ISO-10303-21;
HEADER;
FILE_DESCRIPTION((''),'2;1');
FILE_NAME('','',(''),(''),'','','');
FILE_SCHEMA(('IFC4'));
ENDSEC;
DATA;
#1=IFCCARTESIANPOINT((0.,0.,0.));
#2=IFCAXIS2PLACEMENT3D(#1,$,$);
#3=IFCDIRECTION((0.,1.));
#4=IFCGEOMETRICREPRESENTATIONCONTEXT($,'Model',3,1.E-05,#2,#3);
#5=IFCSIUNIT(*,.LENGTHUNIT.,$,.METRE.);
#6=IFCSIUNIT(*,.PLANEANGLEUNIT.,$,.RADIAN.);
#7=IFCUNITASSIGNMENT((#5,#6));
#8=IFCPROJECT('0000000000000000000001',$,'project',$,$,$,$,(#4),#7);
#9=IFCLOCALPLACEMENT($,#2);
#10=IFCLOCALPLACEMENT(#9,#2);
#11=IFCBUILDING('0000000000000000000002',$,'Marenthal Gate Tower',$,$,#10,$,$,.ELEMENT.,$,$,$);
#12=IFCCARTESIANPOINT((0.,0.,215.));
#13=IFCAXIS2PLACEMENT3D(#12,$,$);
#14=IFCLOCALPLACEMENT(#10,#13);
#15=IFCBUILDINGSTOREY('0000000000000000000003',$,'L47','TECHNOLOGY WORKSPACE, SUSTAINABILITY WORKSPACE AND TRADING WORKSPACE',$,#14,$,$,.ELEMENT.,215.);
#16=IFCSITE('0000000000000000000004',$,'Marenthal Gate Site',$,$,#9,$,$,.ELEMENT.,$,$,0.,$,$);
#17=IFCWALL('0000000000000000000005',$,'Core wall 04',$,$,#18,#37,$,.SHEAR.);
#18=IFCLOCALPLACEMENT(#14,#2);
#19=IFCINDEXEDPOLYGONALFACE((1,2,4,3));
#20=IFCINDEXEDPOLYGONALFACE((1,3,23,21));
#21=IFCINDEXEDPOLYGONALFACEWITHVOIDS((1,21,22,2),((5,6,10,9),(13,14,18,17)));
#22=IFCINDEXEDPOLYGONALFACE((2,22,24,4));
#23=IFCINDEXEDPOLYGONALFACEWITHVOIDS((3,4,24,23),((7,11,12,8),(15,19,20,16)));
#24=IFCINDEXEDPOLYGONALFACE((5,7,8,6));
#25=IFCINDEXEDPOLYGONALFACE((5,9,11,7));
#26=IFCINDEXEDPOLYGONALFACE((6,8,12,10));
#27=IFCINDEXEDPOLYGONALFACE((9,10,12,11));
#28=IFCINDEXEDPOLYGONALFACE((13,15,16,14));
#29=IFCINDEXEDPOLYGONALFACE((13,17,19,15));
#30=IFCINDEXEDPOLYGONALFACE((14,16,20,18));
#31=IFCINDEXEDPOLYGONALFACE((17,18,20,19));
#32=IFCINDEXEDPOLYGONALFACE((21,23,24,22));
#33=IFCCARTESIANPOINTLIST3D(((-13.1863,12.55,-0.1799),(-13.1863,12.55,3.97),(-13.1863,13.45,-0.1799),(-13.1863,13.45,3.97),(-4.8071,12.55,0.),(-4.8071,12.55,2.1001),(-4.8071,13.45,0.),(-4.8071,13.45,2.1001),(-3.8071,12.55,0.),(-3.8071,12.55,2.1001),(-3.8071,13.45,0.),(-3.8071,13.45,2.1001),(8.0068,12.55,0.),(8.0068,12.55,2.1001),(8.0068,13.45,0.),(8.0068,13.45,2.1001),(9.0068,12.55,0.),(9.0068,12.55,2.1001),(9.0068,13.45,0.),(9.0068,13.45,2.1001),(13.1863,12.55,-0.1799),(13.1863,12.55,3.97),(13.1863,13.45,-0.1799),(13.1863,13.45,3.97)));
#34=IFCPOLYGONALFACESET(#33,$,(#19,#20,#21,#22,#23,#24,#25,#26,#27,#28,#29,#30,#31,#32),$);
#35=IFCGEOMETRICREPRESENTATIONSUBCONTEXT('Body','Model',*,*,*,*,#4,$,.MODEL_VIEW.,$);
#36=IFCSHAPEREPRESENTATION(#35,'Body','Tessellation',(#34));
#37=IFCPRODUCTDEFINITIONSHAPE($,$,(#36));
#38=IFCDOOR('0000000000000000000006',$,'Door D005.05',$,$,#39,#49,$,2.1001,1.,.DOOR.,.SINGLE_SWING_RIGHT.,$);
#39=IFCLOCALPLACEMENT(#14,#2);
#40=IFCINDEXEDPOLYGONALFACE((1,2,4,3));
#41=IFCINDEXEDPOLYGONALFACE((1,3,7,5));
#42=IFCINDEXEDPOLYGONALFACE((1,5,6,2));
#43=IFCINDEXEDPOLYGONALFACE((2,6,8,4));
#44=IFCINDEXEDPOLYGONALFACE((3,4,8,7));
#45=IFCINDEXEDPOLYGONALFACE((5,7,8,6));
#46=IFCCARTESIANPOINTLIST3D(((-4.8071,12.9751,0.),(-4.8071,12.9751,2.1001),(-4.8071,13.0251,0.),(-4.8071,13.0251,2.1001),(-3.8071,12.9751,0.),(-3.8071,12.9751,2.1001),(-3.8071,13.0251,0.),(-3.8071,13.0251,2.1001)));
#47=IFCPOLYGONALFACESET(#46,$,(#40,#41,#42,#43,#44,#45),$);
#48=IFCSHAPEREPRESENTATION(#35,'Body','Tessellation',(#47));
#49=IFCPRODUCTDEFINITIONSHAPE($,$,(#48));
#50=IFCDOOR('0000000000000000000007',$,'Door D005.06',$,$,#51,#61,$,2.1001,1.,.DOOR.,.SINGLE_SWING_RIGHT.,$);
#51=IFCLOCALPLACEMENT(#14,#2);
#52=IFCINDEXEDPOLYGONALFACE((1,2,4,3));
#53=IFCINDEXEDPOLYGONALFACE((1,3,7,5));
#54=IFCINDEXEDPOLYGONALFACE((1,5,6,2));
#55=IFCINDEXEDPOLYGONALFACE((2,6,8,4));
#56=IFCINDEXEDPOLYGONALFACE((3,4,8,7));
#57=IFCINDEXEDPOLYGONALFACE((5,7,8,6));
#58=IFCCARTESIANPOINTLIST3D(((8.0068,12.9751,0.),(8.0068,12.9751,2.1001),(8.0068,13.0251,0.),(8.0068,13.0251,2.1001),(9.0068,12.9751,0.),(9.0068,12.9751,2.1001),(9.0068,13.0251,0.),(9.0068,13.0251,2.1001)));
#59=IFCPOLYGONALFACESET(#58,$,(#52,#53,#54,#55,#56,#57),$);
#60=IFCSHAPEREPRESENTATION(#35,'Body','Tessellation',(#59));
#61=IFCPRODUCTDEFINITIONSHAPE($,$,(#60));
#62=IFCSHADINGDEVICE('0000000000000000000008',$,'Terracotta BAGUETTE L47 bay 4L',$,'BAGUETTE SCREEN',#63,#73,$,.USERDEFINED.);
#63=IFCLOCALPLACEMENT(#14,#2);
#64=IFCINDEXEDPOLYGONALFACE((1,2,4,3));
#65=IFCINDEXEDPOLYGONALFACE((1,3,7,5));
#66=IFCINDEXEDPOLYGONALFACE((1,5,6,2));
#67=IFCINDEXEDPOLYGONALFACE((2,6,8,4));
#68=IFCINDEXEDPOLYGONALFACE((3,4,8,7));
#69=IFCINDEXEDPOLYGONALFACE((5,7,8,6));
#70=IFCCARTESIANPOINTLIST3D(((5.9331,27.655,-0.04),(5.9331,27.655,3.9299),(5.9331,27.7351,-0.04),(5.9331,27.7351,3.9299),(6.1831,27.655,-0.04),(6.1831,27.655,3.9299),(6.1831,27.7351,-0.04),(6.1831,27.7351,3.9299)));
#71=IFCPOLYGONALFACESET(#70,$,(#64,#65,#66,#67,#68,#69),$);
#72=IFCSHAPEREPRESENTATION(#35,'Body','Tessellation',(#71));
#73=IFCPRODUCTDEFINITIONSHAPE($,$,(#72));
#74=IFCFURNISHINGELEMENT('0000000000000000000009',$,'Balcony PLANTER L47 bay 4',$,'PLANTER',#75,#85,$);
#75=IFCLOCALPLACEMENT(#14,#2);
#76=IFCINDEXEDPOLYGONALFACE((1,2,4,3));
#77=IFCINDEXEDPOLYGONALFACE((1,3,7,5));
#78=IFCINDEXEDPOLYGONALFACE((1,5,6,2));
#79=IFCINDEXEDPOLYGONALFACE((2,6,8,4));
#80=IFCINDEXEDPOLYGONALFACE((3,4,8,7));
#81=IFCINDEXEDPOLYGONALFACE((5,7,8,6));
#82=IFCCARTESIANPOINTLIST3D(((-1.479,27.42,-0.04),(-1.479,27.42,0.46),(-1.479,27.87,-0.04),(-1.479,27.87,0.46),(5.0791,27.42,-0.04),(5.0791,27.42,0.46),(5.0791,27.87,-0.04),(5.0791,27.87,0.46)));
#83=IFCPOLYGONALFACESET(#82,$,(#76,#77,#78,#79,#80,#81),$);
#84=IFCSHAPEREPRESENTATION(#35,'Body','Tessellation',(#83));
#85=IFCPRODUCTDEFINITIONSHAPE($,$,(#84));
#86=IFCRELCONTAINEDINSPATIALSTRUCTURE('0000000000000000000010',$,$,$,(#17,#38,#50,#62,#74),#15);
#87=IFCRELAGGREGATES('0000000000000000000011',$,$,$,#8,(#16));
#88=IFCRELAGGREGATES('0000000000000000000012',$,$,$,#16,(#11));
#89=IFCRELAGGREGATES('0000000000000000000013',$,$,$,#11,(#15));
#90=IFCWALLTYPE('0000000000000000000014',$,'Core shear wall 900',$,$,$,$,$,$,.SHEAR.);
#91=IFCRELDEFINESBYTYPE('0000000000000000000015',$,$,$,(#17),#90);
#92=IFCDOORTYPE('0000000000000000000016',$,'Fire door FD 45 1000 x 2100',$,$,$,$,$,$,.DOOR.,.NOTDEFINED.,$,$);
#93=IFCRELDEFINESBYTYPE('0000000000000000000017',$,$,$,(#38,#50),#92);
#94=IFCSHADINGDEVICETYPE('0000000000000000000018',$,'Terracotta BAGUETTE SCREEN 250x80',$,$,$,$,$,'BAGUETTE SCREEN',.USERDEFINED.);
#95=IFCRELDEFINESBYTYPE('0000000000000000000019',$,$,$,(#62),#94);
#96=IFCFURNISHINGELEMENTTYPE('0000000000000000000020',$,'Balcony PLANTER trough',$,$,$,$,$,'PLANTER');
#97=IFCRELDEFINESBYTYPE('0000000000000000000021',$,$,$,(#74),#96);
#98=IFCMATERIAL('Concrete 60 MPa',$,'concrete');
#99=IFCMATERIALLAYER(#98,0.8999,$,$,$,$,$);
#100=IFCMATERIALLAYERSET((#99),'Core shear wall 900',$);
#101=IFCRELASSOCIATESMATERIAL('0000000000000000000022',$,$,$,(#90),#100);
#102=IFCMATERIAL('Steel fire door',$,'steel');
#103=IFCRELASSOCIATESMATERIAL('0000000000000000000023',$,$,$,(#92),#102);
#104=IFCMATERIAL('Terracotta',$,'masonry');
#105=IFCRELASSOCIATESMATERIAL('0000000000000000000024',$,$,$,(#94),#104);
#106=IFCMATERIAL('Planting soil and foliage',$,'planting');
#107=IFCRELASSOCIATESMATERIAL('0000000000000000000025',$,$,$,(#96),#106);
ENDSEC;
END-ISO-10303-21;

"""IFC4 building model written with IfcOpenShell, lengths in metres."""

from ifc_helpers import new_model, si_unit, direction, frame, frame_2d, origin, origin_2d, place, context, subcontext, project, spatial, rectangle, extrude, material, layer, layer_set, material_profile, profile_set, type_object, element, fill, save


model = new_model("IFC4")

# Units and contexts
model_context = context("Model", 3, precision=1e-05, world=origin(), true_north=direction((0.0, 1.0)))
body_context = subcontext(model_context, "Body", "Model", "MODEL_VIEW")
ifc_project = project(units=[si_unit("LENGTHUNIT", "METRE"), si_unit("PLANEANGLEUNIT", "RADIAN")], contexts=[model_context])

# Site, building, storey
site_placement = place(None, origin())
site = spatial("IfcSite", under=ifc_project, at=site_placement, Name="Marenthal Gate Site", CompositionType="ELEMENT", RefElevation=0.0)
building_placement = place(site_placement, origin())
building = spatial("IfcBuilding", under=site, at=building_placement, Name="Marenthal Gate Tower", CompositionType="ELEMENT")
storey_placement = place(building_placement, frame((0.0, 0.0, 215.0)))
storey = spatial("IfcBuildingStorey", under=building, at=storey_placement, Name="L47", Description="TECHNOLOGY WORKSPACE, SUSTAINABILITY WORKSPACE AND TRADING WORKSPACE", CompositionType="ELEMENT", Elevation=215.0)

# Shared definitions
ifc_material_1 = material(Name="Concrete 60 MPa", Category="concrete")
ifc_layer_1 = layer(ifc_material_1, 0.8999)
ifc_layer_set_1 = layer_set([ifc_layer_1], Name="Core shear wall 900")
wall_type_1 = type_object("IfcWallType", Name="Core shear wall 900", PredefinedType="SHEAR", material=ifc_layer_set_1)

# Wall, openings, doors
wall_1_placement = place(storey_placement, frame((13.1863, 13.0, -0.1799), z_axis=(0.0, 0.0, 1.0), x_axis=(-1.0, 0.0, 0.0)))
wall_1 = element("IfcWall", 1, at=wall_1_placement, inside=storey, type_object=wall_type_1, Name="Core wall 04", PredefinedType="SHEAR", context=body_context, shape_type="SweptSolid", body=[
    extrude(rectangle(XDim=26.3726, YDim=0.8999, at=frame_2d((13.1863, 0.0))), origin(), (0.0, 0.0, 1.0), 4.1499),
])
opening_1_placement = place(wall_1_placement, frame((16.9934, 0.0, 0.1799)))
opening_1 = element("IfcOpeningElement", 2, at=opening_1_placement, cuts=wall_1, PredefinedType="OPENING", context=body_context, shape_type="SweptSolid", body=[
    extrude(rectangle(XDim=1.0, YDim=2.1001, at=frame_2d((0.5, 1.05))), frame((0.0, 0.46, 0.0), z_axis=(0.0, -1.0, 0.0), x_axis=(1.0, 0.0, 0.0)), (0.0, 0.0, 1.0), 0.9199),
])
opening_2_placement = place(wall_1_placement, frame((4.1794, 0.0, 0.1799)))
opening_2 = element("IfcOpeningElement", 3, at=opening_2_placement, cuts=wall_1, PredefinedType="OPENING", context=body_context, shape_type="SweptSolid", body=[
    extrude(rectangle(XDim=1.0, YDim=2.1001, at=frame_2d((0.5, 1.05))), frame((0.0, 0.46, 0.0), z_axis=(0.0, -1.0, 0.0), x_axis=(1.0, 0.0, 0.0)), (0.0, 0.0, 1.0), 0.9199),
])
ifc_material_2 = material(Name="Steel fire door", Category="steel")
door_type_1 = type_object("IfcDoorType", Name="Fire door FD 45 1000 x 2100", OperationType="NOTDEFINED", PredefinedType="DOOR", material=ifc_material_2)
door_1_placement = place(opening_1_placement, origin())
door_1 = element("IfcDoor", 4, at=door_1_placement, inside=storey, type_object=door_type_1, Name="Door D005.05", OperationType="SINGLE_SWING_RIGHT", OverallHeight=2.1001, OverallWidth=1.0, PredefinedType="DOOR", context=body_context, shape_type="SweptSolid", body=[
    extrude(rectangle(XDim=1.0, YDim=2.1001, at=frame_2d((0.5, 1.05))), frame((0.0, 0.0249, 0.0), z_axis=(0.0, -1.0, 0.0), x_axis=(1.0, 0.0, 0.0)), (0.0, 0.0, 1.0), 0.05),
])
fill(opening_1, door_1)
door_2_placement = place(opening_2_placement, origin())
door_2 = element("IfcDoor", 5, at=door_2_placement, inside=storey, type_object=door_type_1, Name="Door D005.06", OperationType="SINGLE_SWING_RIGHT", OverallHeight=2.1001, OverallWidth=1.0, PredefinedType="DOOR", context=body_context, shape_type="SweptSolid", body=[
    extrude(rectangle(XDim=1.0, YDim=2.1001, at=frame_2d((0.5, 1.05))), frame((0.0, 0.0249, 0.0), z_axis=(0.0, -1.0, 0.0), x_axis=(1.0, 0.0, 0.0)), (0.0, 0.0, 1.0), 0.05),
])
fill(opening_2, door_2)

# Shading device
ifc_material_3 = material(Name="Terracotta", Category="masonry")
ifc_material_profile_1 = material_profile(ifc_material_3, rectangle(XDim=0.25, YDim=0.0801, at=origin_2d()), Name="Terracotta baguette 250x80")
ifc_profile_set_1 = profile_set([ifc_material_profile_1], Name="Terracotta")
shading_device_type = type_object("IfcShadingDeviceType", Name="Terracotta BAGUETTE SCREEN 250x80", ElementType="BAGUETTE SCREEN", PredefinedType="USERDEFINED", material=ifc_profile_set_1)
shading_device_placement = place(storey_placement, frame((6.0581, 27.6951, -0.04), z_axis=(0.0, 0.0, 1.0), x_axis=(-1.0, 0.0, 0.0)))
element("IfcShadingDevice", 6, at=shading_device_placement, inside=storey, type_object=shading_device_type, Name="Terracotta BAGUETTE L47 bay 4L", ObjectType="BAGUETTE SCREEN", PredefinedType="USERDEFINED", context=body_context, shape_type="SweptSolid", body=[
    extrude(rectangle(XDim=0.25, YDim=0.0801, at=origin_2d()), origin(), (0.0, 0.0, 1.0), 3.97),
])

# Furnishing element
ifc_material_4 = material(Name="Planting soil and foliage", Category="planting")
furnishing_element_type = type_object("IfcFurnishingElementType", Name="Balcony PLANTER trough", ElementType="PLANTER", material=ifc_material_4)
furnishing_placement = place(storey_placement, frame((1.8, 27.645, -0.04), z_axis=(0.0, 0.0, 1.0), x_axis=(-1.0, 0.0, 0.0)))
element("IfcFurnishingElement", 7, at=furnishing_placement, inside=storey, type_object=furnishing_element_type, Name="Balcony PLANTER L47 bay 4", ObjectType="PLANTER", context=body_context, shape_type="SweptSolid", body=[
    extrude(rectangle(XDim=6.5581, YDim=0.45, at=origin_2d()), origin(), (0.0, 0.0, 1.0), 0.5),
])

save(model, "model.ifc")
